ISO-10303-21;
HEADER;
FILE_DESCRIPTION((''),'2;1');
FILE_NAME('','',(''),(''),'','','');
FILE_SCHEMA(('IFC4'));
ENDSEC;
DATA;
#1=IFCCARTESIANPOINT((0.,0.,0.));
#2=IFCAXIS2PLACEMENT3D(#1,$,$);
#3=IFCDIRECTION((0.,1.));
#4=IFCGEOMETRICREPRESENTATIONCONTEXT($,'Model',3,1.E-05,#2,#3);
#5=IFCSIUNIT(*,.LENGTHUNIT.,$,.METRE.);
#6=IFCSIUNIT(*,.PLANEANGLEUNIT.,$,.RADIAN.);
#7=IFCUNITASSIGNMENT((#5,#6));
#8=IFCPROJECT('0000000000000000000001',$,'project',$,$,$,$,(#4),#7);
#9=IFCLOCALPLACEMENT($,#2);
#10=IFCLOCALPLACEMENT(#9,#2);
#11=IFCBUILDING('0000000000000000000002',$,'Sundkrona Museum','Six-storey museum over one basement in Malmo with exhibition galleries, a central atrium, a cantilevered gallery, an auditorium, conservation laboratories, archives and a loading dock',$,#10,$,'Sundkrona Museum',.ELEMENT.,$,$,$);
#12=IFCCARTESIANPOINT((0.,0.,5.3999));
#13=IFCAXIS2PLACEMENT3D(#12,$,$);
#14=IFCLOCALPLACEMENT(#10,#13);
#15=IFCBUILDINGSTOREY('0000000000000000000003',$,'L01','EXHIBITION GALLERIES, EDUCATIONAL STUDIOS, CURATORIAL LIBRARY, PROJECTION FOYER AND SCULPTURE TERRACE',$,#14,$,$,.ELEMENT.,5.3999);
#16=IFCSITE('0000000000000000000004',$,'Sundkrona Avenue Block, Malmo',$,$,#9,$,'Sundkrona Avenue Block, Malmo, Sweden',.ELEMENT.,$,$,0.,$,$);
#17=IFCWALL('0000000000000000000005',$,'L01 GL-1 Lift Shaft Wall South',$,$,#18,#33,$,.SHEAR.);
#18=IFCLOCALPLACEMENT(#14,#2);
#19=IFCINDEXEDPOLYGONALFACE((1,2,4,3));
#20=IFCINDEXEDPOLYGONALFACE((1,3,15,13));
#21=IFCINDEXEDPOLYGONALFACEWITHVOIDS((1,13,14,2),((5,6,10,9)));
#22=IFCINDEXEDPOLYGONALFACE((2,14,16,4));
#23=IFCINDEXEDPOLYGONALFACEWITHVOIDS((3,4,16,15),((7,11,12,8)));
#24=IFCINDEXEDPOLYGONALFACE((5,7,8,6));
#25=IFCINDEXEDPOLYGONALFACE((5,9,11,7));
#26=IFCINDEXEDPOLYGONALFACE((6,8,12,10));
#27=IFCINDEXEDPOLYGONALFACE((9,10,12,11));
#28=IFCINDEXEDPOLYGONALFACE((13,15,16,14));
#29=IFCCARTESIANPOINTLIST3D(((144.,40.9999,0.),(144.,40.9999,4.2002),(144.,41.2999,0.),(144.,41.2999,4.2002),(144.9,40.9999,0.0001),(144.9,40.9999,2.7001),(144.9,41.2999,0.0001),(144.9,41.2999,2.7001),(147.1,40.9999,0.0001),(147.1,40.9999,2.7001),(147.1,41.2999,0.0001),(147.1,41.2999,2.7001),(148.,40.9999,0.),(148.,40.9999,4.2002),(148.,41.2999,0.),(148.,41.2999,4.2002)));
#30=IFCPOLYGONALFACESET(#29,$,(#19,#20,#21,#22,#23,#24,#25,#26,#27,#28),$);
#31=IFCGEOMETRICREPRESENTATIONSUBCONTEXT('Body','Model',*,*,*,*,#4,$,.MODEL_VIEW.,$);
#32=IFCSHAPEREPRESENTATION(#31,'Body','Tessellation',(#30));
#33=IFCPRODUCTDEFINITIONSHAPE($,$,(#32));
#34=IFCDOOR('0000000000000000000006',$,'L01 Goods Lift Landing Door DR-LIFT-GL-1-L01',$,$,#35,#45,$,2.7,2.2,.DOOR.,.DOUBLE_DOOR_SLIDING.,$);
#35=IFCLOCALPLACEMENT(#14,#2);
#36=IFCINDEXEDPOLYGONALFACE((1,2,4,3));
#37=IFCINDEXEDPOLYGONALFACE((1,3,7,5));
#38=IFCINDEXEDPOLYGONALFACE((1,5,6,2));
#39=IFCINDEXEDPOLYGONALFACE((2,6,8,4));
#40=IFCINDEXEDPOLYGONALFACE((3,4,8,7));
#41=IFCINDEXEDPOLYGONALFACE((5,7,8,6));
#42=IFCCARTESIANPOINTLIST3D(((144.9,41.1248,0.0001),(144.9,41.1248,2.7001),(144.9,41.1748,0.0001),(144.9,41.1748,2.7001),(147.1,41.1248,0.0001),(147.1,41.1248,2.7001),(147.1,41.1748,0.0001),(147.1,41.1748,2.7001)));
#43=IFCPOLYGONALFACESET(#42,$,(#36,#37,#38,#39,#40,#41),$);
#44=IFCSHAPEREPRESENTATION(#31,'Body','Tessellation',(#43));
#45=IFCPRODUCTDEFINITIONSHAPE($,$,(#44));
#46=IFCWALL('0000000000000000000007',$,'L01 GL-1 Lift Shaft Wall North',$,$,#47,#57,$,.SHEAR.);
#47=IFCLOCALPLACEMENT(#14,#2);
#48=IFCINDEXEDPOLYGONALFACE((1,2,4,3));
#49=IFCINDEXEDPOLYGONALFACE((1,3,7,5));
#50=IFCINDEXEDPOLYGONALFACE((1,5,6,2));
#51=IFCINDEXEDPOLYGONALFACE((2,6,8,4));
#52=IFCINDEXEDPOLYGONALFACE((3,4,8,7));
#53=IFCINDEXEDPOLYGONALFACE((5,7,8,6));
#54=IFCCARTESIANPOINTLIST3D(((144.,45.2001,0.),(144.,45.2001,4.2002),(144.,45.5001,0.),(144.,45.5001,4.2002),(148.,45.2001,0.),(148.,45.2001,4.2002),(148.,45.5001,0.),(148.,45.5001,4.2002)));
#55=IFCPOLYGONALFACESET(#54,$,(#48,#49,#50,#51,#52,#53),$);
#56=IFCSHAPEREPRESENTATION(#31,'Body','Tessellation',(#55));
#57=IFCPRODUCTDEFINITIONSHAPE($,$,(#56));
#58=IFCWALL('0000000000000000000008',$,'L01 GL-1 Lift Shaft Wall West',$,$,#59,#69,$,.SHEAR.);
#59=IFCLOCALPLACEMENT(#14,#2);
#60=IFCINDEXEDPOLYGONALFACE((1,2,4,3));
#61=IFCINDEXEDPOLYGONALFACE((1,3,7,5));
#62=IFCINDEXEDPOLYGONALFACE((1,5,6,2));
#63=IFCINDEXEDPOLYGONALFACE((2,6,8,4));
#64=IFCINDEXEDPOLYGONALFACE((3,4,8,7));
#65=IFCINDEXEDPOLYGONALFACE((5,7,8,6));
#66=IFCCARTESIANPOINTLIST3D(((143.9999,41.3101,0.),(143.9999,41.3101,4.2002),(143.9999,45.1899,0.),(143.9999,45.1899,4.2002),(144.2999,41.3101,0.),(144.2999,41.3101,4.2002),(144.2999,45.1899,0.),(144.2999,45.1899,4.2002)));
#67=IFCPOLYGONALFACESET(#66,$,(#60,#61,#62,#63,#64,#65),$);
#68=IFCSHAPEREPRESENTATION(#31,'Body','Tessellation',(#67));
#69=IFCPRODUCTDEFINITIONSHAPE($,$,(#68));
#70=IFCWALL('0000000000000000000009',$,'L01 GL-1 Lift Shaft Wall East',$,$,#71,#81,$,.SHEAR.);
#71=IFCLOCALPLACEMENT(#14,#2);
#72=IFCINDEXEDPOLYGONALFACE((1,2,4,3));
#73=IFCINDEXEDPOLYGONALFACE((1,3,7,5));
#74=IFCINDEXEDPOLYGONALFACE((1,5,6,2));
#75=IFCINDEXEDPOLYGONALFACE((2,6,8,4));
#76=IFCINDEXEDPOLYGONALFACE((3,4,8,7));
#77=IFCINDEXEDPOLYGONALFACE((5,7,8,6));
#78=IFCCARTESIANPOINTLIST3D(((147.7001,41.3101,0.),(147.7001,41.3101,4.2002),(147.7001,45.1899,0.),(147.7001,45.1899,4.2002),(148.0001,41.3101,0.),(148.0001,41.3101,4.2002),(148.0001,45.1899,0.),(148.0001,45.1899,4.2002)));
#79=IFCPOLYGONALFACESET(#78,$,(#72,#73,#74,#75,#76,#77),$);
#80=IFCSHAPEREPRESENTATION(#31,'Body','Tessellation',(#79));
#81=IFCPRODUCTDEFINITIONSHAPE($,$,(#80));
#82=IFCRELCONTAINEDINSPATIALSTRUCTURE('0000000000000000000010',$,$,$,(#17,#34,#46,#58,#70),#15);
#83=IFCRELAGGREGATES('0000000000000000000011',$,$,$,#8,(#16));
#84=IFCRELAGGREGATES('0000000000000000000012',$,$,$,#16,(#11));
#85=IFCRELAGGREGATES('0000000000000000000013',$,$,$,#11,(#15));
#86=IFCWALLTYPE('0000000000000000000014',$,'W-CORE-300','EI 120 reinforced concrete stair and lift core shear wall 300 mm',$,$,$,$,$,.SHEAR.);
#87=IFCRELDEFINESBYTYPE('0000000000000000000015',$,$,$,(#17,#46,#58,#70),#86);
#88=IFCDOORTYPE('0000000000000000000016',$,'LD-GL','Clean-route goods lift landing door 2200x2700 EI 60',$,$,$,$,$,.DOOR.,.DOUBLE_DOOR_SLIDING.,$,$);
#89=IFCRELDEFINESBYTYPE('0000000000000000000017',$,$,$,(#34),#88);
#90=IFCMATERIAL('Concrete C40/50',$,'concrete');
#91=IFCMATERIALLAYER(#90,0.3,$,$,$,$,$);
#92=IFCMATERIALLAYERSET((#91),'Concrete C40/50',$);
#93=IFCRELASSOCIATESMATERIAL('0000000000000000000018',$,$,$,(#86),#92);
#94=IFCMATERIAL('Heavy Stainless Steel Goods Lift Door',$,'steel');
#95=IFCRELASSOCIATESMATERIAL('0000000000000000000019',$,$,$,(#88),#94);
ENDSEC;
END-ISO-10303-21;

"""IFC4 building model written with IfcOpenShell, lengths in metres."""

from ifc_helpers import new_model, si_unit, direction, frame, frame_2d, origin, place, context, subcontext, project, spatial, rectangle, extrude, material, layer, layer_set, type_object, element, fill, save


model = new_model("IFC4")

# Units and contexts
model_context = context("Model", 3, precision=1e-05, world=origin(), true_north=direction((0.0, 1.0)))
body_context = subcontext(model_context, "Body", "Model", "MODEL_VIEW")
ifc_project = project(units=[si_unit("LENGTHUNIT", "METRE"), si_unit("PLANEANGLEUNIT", "RADIAN")], contexts=[model_context])

# Site, building, storey
site_placement = place(None, origin())
site = spatial("IfcSite", under=ifc_project, at=site_placement, Name="Sundkrona Avenue Block, Malmo", LongName="Sundkrona Avenue Block, Malmo, Sweden", CompositionType="ELEMENT", RefElevation=0.0)
building_placement = place(site_placement, origin())
building = spatial("IfcBuilding", under=site, at=building_placement, Name="Sundkrona Museum", Description="Six-storey museum over one basement in Malmo with exhibition galleries, a central atrium, a cantilevered gallery, an auditorium, conservation laboratories, archives and a loading dock", LongName="Sundkrona Museum", CompositionType="ELEMENT")
storey_placement = place(building_placement, frame((0.0, 0.0, 5.3999)))
storey = spatial("IfcBuildingStorey", under=building, at=storey_placement, Name="L01", Description="EXHIBITION GALLERIES, EDUCATIONAL STUDIOS, CURATORIAL LIBRARY, PROJECTION FOYER AND SCULPTURE TERRACE", CompositionType="ELEMENT", Elevation=5.3999)

# Wall, opening, door
ifc_material_1 = material(Name="Concrete C40/50", Category="concrete")
ifc_layer_1 = layer(ifc_material_1, 0.3)
ifc_layer_set_1 = layer_set([ifc_layer_1], Name="Concrete C40/50")
wall_type = type_object("IfcWallType", Name="W-CORE-300", Description="EI 120 reinforced concrete stair and lift core shear wall 300 mm", PredefinedType="SHEAR", material=ifc_layer_set_1)
wall_1_placement = place(storey_placement, frame((144.0, 41.1499, 0.0), z_axis=(0.0, 0.0, 1.0), x_axis=(1.0, 0.0, 0.0)))
wall_1 = element("IfcWall", 1, at=wall_1_placement, inside=storey, type_object=wall_type, Name="L01 GL-1 Lift Shaft Wall South", PredefinedType="SHEAR", context=body_context, shape_type="SweptSolid", body=[
    extrude(rectangle(XDim=4.0, YDim=0.3, at=frame_2d((2.0, 0.0))), origin(), (0.0, 0.0, 1.0), 4.2002),
])
opening_placement = place(wall_1_placement, frame((0.8999, 0.0, 0.0)))
opening = element("IfcOpeningElement", 2, at=opening_placement, cuts=wall_1, PredefinedType="OPENING", context=body_context, shape_type="SweptSolid", body=[
    extrude(rectangle(XDim=2.2, YDim=2.7, at=frame_2d((1.1001, 1.3501))), frame((0.0, 0.1599, 0.0), z_axis=(0.0, -1.0, 0.0), x_axis=(1.0, 0.0, 0.0)), (0.0, 0.0, 1.0), 0.3201),
])
ifc_material_2 = material(Name="Heavy Stainless Steel Goods Lift Door", Category="steel")
door_type = type_object("IfcDoorType", Name="LD-GL", Description="Clean-route goods lift landing door 2200x2700 EI 60", OperationType="DOUBLE_DOOR_SLIDING", PredefinedType="DOOR", material=ifc_material_2)
door_placement = place(opening_placement, origin())
door = element("IfcDoor", 3, at=door_placement, inside=storey, type_object=door_type, Name="L01 Goods Lift Landing Door DR-LIFT-GL-1-L01", OperationType="DOUBLE_DOOR_SLIDING", OverallHeight=2.7, OverallWidth=2.2, PredefinedType="DOOR", context=body_context, shape_type="SweptSolid", body=[
    extrude(rectangle(XDim=2.2, YDim=2.7, at=frame_2d((1.1001, 1.3501))), frame((0.0, 0.0249, 0.0), z_axis=(0.0, -1.0, 0.0), x_axis=(1.0, 0.0, 0.0)), (0.0, 0.0, 1.0), 0.05),
])
fill(opening, door)

# Walls
wall_2_placement = place(storey_placement, frame((144.0, 45.3501, 0.0), z_axis=(0.0, 0.0, 1.0), x_axis=(1.0, 0.0, 0.0)))
element("IfcWall", 4, at=wall_2_placement, inside=storey, type_object=wall_type, Name="L01 GL-1 Lift Shaft Wall North", PredefinedType="SHEAR", context=body_context, shape_type="SweptSolid", body=[
    extrude(rectangle(XDim=4.0, YDim=0.3, at=frame_2d((2.0, 0.0))), origin(), (0.0, 0.0, 1.0), 4.2002),
])
for number, where, z_axis, x_axis, name in (
    (5, (144.1499, 41.3101, 0.0), (0.0, 0.0, 1.0), (0.0, 1.0, 0.0), "L01 GL-1 Lift Shaft Wall West"),
    (6, (147.8501, 41.3101, 0.0), (0.0, 0.0, 1.0), (0.0, 1.0, 0.0), "L01 GL-1 Lift Shaft Wall East"),
):
    element("IfcWall", number, at=place(storey_placement, frame(where, z_axis=z_axis, x_axis=x_axis)), inside=storey, type_object=wall_type, Name=name, PredefinedType="SHEAR", context=body_context, shape_type="SweptSolid", body=[
        extrude(rectangle(XDim=3.8799, YDim=0.3, at=frame_2d((1.9399, 0.0))), origin(), (0.0, 0.0, 1.0), 4.2002),
    ])

save(model, "model.ifc")
